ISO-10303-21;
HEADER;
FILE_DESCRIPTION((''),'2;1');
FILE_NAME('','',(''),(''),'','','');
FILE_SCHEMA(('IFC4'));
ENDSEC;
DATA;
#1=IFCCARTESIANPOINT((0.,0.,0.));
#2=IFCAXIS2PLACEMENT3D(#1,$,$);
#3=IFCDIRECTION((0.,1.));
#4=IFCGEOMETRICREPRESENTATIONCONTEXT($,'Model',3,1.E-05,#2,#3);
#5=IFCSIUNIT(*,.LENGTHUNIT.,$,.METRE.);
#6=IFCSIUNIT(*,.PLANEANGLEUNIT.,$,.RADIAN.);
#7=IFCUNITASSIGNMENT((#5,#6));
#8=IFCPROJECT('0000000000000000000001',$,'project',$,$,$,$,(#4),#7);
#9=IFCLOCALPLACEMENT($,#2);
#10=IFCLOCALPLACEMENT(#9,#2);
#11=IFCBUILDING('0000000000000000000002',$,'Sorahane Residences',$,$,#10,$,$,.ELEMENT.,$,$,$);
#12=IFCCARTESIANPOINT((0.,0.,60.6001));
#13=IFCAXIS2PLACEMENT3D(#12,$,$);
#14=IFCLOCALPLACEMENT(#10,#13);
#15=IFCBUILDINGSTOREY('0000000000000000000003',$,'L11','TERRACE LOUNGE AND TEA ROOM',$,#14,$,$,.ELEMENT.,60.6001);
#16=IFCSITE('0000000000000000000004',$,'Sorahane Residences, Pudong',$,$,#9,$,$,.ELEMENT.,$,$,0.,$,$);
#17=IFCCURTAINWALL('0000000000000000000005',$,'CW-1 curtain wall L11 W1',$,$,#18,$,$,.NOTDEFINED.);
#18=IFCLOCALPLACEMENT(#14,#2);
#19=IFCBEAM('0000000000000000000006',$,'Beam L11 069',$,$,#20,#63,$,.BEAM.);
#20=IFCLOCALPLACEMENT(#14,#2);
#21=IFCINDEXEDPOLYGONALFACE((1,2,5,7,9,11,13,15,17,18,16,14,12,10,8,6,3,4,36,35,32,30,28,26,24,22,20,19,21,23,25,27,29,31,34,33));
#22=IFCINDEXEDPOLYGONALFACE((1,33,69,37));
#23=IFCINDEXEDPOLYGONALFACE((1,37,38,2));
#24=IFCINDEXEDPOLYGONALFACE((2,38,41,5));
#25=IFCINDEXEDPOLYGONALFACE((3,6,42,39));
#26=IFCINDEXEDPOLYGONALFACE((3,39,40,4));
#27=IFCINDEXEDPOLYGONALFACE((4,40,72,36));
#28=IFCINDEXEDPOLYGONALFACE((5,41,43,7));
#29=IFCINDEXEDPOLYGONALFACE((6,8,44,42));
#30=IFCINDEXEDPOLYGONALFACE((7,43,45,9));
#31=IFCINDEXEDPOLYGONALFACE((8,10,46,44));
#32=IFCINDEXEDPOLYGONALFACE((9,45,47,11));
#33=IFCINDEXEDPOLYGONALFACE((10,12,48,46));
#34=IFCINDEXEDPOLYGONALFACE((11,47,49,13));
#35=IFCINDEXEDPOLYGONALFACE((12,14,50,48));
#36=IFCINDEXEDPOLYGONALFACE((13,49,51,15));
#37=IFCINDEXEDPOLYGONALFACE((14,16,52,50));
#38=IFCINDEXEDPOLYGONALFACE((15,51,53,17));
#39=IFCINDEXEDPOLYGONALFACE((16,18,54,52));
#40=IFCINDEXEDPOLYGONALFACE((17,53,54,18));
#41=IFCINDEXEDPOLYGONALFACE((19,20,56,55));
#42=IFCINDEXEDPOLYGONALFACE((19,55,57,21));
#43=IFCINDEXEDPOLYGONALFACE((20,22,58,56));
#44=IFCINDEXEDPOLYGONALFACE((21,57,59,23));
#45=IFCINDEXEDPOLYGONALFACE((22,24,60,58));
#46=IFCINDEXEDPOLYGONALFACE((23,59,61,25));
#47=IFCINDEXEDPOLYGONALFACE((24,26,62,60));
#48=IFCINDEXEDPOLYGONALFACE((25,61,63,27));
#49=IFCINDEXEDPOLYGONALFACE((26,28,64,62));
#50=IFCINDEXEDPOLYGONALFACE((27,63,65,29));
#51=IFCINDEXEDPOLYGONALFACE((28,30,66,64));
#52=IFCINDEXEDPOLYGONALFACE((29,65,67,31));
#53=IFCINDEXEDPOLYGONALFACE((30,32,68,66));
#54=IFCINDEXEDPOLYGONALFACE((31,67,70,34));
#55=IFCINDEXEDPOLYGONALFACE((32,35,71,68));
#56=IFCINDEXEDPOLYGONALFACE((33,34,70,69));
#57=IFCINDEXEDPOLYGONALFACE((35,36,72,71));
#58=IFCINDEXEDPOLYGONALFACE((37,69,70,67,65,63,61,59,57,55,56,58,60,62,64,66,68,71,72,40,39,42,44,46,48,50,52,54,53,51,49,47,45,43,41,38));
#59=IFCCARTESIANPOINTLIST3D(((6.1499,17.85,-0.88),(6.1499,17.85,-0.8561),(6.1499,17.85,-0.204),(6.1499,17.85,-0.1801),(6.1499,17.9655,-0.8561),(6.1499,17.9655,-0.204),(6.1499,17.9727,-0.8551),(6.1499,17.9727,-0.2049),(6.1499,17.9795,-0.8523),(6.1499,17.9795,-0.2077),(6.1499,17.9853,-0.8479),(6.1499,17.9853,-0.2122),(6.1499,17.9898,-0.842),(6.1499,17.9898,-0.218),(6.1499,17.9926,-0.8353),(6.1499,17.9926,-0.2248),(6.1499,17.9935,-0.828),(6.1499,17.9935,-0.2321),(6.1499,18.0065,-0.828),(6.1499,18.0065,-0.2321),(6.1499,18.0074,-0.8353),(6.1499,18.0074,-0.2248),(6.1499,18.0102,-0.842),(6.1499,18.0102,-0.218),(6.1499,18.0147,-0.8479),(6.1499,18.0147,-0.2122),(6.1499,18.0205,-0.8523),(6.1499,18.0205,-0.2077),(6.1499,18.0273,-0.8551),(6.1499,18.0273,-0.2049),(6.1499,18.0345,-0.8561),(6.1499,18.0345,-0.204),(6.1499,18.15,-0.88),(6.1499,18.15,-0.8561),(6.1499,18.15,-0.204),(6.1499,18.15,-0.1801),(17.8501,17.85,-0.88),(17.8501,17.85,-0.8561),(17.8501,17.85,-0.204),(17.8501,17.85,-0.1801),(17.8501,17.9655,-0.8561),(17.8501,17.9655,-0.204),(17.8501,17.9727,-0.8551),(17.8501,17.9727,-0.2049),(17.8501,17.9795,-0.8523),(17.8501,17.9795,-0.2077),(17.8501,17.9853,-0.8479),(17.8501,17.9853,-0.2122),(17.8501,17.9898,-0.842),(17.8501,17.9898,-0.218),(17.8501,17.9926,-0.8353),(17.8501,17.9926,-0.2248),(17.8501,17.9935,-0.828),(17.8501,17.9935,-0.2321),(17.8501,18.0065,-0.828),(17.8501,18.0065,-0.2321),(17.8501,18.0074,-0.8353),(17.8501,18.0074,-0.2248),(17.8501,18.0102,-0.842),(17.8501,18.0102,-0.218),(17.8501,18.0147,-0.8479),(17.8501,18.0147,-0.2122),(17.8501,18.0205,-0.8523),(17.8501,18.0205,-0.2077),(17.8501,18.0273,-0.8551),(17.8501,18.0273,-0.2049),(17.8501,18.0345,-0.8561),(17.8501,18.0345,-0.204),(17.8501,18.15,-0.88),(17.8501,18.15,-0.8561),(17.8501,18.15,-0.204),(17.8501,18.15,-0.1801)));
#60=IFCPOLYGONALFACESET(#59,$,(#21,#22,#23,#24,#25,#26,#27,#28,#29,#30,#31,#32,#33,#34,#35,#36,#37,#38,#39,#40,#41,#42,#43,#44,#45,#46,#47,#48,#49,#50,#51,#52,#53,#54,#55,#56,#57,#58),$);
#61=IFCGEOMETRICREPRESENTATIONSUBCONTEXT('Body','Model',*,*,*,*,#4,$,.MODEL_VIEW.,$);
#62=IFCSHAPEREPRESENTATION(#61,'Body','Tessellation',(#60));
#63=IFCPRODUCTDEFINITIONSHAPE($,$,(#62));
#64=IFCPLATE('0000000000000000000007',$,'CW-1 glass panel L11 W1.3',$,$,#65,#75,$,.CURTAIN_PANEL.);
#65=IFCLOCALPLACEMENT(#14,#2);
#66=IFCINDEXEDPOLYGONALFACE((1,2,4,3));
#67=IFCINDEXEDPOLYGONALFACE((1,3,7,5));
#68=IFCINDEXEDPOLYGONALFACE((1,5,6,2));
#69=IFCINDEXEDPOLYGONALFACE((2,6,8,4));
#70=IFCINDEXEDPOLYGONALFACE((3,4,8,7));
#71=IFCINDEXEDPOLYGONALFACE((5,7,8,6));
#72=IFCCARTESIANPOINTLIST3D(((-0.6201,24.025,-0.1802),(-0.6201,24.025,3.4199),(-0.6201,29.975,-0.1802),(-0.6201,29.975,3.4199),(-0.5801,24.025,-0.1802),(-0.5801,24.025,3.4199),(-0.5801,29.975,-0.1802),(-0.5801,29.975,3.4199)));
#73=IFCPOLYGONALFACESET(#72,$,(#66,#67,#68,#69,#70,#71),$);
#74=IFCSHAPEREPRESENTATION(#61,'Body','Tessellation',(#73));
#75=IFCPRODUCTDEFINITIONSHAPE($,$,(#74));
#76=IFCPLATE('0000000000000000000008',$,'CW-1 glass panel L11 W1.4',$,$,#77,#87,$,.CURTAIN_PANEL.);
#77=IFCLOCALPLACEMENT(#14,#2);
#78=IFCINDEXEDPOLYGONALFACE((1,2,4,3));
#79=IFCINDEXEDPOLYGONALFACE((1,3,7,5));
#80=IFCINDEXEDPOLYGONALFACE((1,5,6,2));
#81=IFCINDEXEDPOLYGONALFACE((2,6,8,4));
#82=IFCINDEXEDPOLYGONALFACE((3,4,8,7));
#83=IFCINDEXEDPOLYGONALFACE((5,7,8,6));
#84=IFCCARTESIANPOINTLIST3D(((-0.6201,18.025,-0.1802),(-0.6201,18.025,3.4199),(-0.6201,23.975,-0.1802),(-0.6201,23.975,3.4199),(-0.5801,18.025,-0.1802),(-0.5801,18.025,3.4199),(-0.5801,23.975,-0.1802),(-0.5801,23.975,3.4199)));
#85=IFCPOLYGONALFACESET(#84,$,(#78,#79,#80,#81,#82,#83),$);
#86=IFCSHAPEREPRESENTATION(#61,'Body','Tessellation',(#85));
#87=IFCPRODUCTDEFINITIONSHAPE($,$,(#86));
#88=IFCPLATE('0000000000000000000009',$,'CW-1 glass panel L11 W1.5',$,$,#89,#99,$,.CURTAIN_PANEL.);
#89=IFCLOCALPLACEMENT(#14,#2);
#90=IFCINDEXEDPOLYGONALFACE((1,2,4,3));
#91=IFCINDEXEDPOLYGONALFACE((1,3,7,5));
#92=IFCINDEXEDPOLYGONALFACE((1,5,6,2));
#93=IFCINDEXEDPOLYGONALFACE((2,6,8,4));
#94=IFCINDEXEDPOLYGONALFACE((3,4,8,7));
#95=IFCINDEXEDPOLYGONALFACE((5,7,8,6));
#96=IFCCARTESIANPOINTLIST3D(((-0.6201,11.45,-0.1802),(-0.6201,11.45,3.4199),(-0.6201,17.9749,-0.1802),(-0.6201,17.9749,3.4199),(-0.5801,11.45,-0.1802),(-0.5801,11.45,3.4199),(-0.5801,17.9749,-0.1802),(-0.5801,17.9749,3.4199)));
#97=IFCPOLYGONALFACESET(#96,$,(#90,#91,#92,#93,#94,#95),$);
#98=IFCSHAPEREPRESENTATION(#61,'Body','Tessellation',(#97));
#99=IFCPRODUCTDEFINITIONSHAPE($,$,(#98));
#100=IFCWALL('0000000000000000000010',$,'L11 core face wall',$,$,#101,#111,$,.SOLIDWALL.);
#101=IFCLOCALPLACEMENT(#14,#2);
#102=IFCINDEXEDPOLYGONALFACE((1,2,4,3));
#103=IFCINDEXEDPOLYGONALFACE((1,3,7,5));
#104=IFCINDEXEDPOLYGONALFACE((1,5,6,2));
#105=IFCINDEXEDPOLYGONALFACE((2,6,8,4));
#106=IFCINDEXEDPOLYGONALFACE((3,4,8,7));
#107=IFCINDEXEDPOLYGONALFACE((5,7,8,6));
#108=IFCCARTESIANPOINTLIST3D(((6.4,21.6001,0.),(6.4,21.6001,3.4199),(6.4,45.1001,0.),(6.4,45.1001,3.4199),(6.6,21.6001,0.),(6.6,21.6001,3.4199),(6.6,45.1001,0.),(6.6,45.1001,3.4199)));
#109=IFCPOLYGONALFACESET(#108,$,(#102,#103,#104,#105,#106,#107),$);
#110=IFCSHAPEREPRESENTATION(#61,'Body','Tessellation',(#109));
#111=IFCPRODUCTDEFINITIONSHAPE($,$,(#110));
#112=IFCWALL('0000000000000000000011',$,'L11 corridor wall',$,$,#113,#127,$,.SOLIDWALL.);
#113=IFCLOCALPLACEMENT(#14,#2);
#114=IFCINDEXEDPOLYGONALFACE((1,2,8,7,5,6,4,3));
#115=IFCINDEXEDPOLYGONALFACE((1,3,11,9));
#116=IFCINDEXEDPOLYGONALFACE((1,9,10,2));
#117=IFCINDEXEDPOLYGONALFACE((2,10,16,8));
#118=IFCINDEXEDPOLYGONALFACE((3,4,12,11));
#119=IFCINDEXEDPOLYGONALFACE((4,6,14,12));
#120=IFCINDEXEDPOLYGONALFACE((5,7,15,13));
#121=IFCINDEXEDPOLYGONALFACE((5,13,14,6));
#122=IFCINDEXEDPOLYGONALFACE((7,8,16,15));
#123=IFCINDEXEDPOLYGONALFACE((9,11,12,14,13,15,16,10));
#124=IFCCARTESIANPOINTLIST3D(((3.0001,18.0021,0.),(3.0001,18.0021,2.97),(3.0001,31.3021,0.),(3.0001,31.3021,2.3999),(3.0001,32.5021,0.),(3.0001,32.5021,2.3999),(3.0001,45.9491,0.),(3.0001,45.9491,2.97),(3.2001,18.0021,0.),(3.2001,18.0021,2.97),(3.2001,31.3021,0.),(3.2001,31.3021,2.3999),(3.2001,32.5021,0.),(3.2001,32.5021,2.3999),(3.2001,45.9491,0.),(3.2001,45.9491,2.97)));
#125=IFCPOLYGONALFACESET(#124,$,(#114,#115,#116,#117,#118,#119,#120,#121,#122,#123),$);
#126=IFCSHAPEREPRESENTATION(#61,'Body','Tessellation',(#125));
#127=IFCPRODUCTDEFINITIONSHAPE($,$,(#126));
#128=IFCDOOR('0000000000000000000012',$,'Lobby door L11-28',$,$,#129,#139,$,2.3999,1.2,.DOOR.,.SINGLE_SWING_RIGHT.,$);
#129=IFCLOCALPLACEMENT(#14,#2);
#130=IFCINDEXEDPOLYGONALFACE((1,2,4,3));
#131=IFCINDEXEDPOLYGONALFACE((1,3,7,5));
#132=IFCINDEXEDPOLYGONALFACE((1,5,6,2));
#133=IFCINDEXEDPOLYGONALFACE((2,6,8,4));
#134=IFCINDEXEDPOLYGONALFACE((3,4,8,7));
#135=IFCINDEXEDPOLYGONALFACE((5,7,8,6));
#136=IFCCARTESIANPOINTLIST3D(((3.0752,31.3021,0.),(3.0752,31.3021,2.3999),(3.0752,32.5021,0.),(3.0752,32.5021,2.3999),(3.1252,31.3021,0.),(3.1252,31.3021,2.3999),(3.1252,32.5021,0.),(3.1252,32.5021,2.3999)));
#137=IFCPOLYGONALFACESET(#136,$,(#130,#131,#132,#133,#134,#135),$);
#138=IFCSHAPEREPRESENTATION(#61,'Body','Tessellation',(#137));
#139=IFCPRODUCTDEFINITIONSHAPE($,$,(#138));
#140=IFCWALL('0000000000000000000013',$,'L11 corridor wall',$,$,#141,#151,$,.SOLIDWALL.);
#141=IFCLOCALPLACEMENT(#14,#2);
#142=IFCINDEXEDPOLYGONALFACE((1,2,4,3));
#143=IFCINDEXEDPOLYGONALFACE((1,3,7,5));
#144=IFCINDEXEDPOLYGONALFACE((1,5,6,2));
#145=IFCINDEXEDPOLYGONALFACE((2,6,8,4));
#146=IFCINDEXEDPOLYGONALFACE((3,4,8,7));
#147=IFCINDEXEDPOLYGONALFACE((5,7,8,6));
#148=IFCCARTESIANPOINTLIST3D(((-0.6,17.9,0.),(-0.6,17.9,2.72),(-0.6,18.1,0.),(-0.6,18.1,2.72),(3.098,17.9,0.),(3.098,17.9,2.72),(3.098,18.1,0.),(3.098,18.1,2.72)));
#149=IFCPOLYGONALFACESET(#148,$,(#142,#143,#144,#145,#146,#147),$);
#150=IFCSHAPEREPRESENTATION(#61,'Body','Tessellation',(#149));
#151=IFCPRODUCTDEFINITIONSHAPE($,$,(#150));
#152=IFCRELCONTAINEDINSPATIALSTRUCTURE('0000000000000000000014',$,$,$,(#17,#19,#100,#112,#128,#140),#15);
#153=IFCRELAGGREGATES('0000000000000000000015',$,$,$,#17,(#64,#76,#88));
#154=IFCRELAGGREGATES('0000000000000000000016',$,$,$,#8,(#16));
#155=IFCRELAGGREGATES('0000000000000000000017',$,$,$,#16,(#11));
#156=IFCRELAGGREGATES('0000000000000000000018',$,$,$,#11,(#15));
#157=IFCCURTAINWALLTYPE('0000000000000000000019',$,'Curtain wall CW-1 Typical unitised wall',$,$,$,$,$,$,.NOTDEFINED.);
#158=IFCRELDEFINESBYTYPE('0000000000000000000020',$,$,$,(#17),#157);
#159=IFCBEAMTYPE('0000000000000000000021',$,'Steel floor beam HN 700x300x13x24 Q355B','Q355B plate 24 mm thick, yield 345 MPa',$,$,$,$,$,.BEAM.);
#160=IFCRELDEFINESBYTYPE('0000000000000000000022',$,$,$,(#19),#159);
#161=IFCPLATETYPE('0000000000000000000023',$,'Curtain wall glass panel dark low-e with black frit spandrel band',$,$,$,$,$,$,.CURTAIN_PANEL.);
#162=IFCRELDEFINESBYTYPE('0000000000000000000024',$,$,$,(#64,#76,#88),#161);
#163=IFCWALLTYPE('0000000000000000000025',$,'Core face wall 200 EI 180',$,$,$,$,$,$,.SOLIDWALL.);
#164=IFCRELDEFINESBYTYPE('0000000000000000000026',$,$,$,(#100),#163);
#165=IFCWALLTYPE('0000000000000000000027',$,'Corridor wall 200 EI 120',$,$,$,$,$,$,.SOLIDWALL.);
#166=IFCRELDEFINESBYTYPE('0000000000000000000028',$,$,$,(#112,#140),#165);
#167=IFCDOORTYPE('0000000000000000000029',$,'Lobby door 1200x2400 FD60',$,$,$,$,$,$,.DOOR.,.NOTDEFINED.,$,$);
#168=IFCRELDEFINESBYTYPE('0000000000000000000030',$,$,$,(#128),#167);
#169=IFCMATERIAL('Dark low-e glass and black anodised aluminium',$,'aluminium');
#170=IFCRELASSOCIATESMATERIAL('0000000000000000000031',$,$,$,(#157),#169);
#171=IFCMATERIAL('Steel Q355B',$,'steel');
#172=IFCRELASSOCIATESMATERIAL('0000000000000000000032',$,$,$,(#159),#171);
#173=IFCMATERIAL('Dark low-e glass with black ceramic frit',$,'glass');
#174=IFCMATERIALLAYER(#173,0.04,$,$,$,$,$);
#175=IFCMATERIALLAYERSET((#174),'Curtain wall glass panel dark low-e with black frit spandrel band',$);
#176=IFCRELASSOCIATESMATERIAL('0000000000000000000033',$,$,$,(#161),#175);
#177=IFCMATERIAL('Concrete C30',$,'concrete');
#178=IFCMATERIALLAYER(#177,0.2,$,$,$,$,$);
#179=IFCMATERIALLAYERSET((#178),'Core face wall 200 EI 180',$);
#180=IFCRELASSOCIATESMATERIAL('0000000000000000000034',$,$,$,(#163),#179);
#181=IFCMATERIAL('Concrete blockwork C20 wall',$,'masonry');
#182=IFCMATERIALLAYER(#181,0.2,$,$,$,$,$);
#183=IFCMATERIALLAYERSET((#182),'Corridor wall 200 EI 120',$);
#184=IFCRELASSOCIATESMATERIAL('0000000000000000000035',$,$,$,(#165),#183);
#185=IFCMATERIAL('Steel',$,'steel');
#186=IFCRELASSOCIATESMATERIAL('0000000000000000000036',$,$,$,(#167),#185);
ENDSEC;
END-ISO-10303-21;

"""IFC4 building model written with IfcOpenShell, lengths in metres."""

from ifc_helpers import new_model, si_unit, direction, frame, frame_2d, origin, origin_2d, place, context, subcontext, project, spatial, rectangle, i_section, extrude, material, layer, layer_set, material_profile, profile_set, type_object, element, fill, aggregate, save


model = new_model("IFC4")

# Units and contexts
model_context = context("Model", 3, precision=1e-05, world=origin(), true_north=direction((0.0, 1.0)))
body_context = subcontext(model_context, "Body", "Model", "MODEL_VIEW")
ifc_project = project(units=[si_unit("LENGTHUNIT", "METRE"), si_unit("PLANEANGLEUNIT", "RADIAN")], contexts=[model_context])

# Site, building, storey
site_placement = place(None, origin())
site = spatial("IfcSite", under=ifc_project, at=site_placement, Name="Sorahane Residences, Pudong", CompositionType="ELEMENT", RefElevation=0.0)
building_placement = place(site_placement, origin())
building = spatial("IfcBuilding", under=site, at=building_placement, Name="Sorahane Residences", CompositionType="ELEMENT")
storey_placement = place(building_placement, frame((0.0, 0.0, 60.6001)))
storey = spatial("IfcBuildingStorey", under=building, at=storey_placement, Name="L11", Description="TERRACE LOUNGE AND TEA ROOM", CompositionType="ELEMENT", Elevation=60.6001)

# Curtain wall
ifc_material_1 = material(Name="Dark low-e glass and black anodised aluminium", Category="aluminium")
curtain_wall_type = type_object("IfcCurtainWallType", Name="Curtain wall CW-1 Typical unitised wall", PredefinedType="NOTDEFINED", material=ifc_material_1)
curtain_wall_placement = place(storey_placement, origin())
curtain_wall = element("IfcCurtainWall", 1, at=curtain_wall_placement, inside=storey, type_object=curtain_wall_type, Name="CW-1 curtain wall L11 W1", PredefinedType="NOTDEFINED")

# Beam
ifc_material_2 = material(Name="Steel Q355B", Category="steel")
ifc_material_profile_1 = material_profile(ifc_material_2, i_section(OverallWidth=0.3, OverallDepth=0.7, WebThickness=0.0129, FlangeThickness=0.0239, FilletRadius=0.0281, at=origin_2d()), Name="HN 700x300x13x24")
ifc_profile_set_1 = profile_set([ifc_material_profile_1], Name="Steel Q355B")
beam_type_1 = type_object("IfcBeamType", Name="Steel floor beam HN 700x300x13x24 Q355B", Description="Q355B plate 24 mm thick, yield 345 MPa", PredefinedType="BEAM", material=ifc_profile_set_1)
beam_1_placement = place(storey_placement, frame((6.1499, 18.0, -0.53), z_axis=(1.0, 0.0, 0.0), x_axis=(0.0, 1.0, 0.0)))
element("IfcBeam", 2, at=beam_1_placement, inside=storey, type_object=beam_type_1, Name="Beam L11 069", PredefinedType="BEAM", context=body_context, shape_type="SweptSolid", body=[
    extrude(i_section(OverallWidth=0.3, OverallDepth=0.7, WebThickness=0.0129, FlangeThickness=0.0239, FilletRadius=0.0281, at=origin_2d()), origin(), (0.0, 0.0, 1.0), 11.7002),
])

# Plates
ifc_material_3 = material(Name="Dark low-e glass with black ceramic frit", Category="glass")
ifc_layer_1 = layer(ifc_material_3, 0.04)
ifc_layer_set_1 = layer_set([ifc_layer_1], Name="Curtain wall glass panel dark low-e with black frit spandrel band")
plate_type = type_object("IfcPlateType", Name="Curtain wall glass panel dark low-e with black frit spandrel band", PredefinedType="CURTAIN_PANEL", material=ifc_layer_set_1)
plate_1_placement = place(storey_placement, frame((-0.6001, 27.0, -0.1802), z_axis=(0.0, 0.0, 1.0), x_axis=(0.0, -1.0, 0.0)))
plate_1 = element("IfcPlate", 3, at=plate_1_placement, type_object=plate_type, Name="CW-1 glass panel L11 W1.3", PredefinedType="CURTAIN_PANEL", context=body_context, shape_type="SweptSolid", body=[
    extrude(rectangle(XDim=5.95, YDim=0.04, at=origin_2d()), origin(), (0.0, 0.0, 1.0), 3.6001),
])
plate_2_placement = place(storey_placement, frame((-0.6001, 21.0, -0.1802), z_axis=(0.0, 0.0, 1.0), x_axis=(0.0, -1.0, 0.0)))
plate_2 = element("IfcPlate", 4, at=plate_2_placement, type_object=plate_type, Name="CW-1 glass panel L11 W1.4", PredefinedType="CURTAIN_PANEL", context=body_context, shape_type="SweptSolid", body=[
    extrude(rectangle(XDim=5.95, YDim=0.04, at=origin_2d()), origin(), (0.0, 0.0, 1.0), 3.6001),
])
plate_3_placement = place(storey_placement, frame((-0.6001, 14.7124, -0.1802), z_axis=(0.0, 0.0, 1.0), x_axis=(0.0, -1.0, 0.0)))
plate_3 = element("IfcPlate", 5, at=plate_3_placement, type_object=plate_type, Name="CW-1 glass panel L11 W1.5", PredefinedType="CURTAIN_PANEL", context=body_context, shape_type="SweptSolid", body=[
    extrude(rectangle(XDim=6.5249, YDim=0.04, at=origin_2d()), origin(), (0.0, 0.0, 1.0), 3.6001),
])
aggregate(curtain_wall, [plate_1, plate_2, plate_3])

# Wall
ifc_material_4 = material(Name="Concrete C30", Category="concrete")
ifc_layer_2 = layer(ifc_material_4, 0.2)
ifc_layer_set_2 = layer_set([ifc_layer_2], Name="Core face wall 200 EI 180")
wall_type_1 = type_object("IfcWallType", Name="Core face wall 200 EI 180", PredefinedType="SOLIDWALL", material=ifc_layer_set_2)
wall_1_placement = place(storey_placement, frame((6.5, 21.6001, 0.0), z_axis=(0.0, 0.0, 1.0), x_axis=(0.0, 1.0, 0.0)))
element("IfcWall", 6, at=wall_1_placement, inside=storey, type_object=wall_type_1, Name="L11 core face wall", PredefinedType="SOLIDWALL", context=body_context, shape_type="SweptSolid", body=[
    extrude(rectangle(XDim=23.5, YDim=0.2, at=frame_2d((11.75, 0.0))), origin(), (0.0, 0.0, 1.0), 3.4199),
])

# Wall, opening, door
ifc_material_5 = material(Name="Concrete blockwork C20 wall", Category="masonry")
ifc_layer_3 = layer(ifc_material_5, 0.2)
ifc_layer_set_3 = layer_set([ifc_layer_3], Name="Corridor wall 200 EI 120")
wall_type_2 = type_object("IfcWallType", Name="Corridor wall 200 EI 120", PredefinedType="SOLIDWALL", material=ifc_layer_set_3)
wall_2_placement = place(storey_placement, frame((3.1001, 18.002, 0.0), z_axis=(0.0, 0.0, 1.0), x_axis=(0.0, 1.0, 0.0)))
wall_2 = element("IfcWall", 7, at=wall_2_placement, inside=storey, type_object=wall_type_2, Name="L11 corridor wall", PredefinedType="SOLIDWALL", context=body_context, shape_type="SweptSolid", body=[
    extrude(rectangle(XDim=27.947, YDim=0.2, at=frame_2d((13.9736, 0.0))), origin(), (0.0, 0.0, 1.0), 2.97),
])
opening_1_placement = place(wall_2_placement, frame((13.3, 0.0, 0.0)))
opening_1 = element("IfcOpeningElement", 8, at=opening_1_placement, cuts=wall_2, PredefinedType="OPENING", context=body_context, shape_type="SweptSolid", body=[
    extrude(rectangle(XDim=1.2, YDim=2.3999, at=frame_2d((0.6001, 1.2))), frame((0.0, 0.1099, 0.0), z_axis=(0.0, -1.0, 0.0), x_axis=(1.0, 0.0, 0.0)), (0.0, 0.0, 1.0), 0.22),
])
ifc_material_6 = material(Name="Steel", Category="steel")
door_type_1 = type_object("IfcDoorType", Name="Lobby door 1200x2400 FD60", OperationType="NOTDEFINED", PredefinedType="DOOR", material=ifc_material_6)
door_1_placement = place(opening_1_placement, origin())
door_1 = element("IfcDoor", 9, at=door_1_placement, inside=storey, type_object=door_type_1, Name="Lobby door L11-28", OperationType="SINGLE_SWING_RIGHT", OverallHeight=2.3999, OverallWidth=1.2, PredefinedType="DOOR", context=body_context, shape_type="SweptSolid", body=[
    extrude(rectangle(XDim=1.2, YDim=2.3999, at=frame_2d((0.6001, 1.2))), frame((0.0, 0.0249, 0.0), z_axis=(0.0, -1.0, 0.0), x_axis=(1.0, 0.0, 0.0)), (0.0, 0.0, 1.0), 0.05),
])
fill(opening_1, door_1)

# Wall
wall_3_placement = place(storey_placement, frame((-0.6001, 18.0, 0.0), z_axis=(0.0, 0.0, 1.0), x_axis=(1.0, 0.0, 0.0)))
element("IfcWall", 10, at=wall_3_placement, inside=storey, type_object=wall_type_2, Name="L11 corridor wall", PredefinedType="SOLIDWALL", context=body_context, shape_type="SweptSolid", body=[
    extrude(rectangle(XDim=3.698, YDim=0.2, at=frame_2d((1.8491, 0.0))), origin(), (0.0, 0.0, 1.0), 2.72),
])

save(model, "model.ifc")
